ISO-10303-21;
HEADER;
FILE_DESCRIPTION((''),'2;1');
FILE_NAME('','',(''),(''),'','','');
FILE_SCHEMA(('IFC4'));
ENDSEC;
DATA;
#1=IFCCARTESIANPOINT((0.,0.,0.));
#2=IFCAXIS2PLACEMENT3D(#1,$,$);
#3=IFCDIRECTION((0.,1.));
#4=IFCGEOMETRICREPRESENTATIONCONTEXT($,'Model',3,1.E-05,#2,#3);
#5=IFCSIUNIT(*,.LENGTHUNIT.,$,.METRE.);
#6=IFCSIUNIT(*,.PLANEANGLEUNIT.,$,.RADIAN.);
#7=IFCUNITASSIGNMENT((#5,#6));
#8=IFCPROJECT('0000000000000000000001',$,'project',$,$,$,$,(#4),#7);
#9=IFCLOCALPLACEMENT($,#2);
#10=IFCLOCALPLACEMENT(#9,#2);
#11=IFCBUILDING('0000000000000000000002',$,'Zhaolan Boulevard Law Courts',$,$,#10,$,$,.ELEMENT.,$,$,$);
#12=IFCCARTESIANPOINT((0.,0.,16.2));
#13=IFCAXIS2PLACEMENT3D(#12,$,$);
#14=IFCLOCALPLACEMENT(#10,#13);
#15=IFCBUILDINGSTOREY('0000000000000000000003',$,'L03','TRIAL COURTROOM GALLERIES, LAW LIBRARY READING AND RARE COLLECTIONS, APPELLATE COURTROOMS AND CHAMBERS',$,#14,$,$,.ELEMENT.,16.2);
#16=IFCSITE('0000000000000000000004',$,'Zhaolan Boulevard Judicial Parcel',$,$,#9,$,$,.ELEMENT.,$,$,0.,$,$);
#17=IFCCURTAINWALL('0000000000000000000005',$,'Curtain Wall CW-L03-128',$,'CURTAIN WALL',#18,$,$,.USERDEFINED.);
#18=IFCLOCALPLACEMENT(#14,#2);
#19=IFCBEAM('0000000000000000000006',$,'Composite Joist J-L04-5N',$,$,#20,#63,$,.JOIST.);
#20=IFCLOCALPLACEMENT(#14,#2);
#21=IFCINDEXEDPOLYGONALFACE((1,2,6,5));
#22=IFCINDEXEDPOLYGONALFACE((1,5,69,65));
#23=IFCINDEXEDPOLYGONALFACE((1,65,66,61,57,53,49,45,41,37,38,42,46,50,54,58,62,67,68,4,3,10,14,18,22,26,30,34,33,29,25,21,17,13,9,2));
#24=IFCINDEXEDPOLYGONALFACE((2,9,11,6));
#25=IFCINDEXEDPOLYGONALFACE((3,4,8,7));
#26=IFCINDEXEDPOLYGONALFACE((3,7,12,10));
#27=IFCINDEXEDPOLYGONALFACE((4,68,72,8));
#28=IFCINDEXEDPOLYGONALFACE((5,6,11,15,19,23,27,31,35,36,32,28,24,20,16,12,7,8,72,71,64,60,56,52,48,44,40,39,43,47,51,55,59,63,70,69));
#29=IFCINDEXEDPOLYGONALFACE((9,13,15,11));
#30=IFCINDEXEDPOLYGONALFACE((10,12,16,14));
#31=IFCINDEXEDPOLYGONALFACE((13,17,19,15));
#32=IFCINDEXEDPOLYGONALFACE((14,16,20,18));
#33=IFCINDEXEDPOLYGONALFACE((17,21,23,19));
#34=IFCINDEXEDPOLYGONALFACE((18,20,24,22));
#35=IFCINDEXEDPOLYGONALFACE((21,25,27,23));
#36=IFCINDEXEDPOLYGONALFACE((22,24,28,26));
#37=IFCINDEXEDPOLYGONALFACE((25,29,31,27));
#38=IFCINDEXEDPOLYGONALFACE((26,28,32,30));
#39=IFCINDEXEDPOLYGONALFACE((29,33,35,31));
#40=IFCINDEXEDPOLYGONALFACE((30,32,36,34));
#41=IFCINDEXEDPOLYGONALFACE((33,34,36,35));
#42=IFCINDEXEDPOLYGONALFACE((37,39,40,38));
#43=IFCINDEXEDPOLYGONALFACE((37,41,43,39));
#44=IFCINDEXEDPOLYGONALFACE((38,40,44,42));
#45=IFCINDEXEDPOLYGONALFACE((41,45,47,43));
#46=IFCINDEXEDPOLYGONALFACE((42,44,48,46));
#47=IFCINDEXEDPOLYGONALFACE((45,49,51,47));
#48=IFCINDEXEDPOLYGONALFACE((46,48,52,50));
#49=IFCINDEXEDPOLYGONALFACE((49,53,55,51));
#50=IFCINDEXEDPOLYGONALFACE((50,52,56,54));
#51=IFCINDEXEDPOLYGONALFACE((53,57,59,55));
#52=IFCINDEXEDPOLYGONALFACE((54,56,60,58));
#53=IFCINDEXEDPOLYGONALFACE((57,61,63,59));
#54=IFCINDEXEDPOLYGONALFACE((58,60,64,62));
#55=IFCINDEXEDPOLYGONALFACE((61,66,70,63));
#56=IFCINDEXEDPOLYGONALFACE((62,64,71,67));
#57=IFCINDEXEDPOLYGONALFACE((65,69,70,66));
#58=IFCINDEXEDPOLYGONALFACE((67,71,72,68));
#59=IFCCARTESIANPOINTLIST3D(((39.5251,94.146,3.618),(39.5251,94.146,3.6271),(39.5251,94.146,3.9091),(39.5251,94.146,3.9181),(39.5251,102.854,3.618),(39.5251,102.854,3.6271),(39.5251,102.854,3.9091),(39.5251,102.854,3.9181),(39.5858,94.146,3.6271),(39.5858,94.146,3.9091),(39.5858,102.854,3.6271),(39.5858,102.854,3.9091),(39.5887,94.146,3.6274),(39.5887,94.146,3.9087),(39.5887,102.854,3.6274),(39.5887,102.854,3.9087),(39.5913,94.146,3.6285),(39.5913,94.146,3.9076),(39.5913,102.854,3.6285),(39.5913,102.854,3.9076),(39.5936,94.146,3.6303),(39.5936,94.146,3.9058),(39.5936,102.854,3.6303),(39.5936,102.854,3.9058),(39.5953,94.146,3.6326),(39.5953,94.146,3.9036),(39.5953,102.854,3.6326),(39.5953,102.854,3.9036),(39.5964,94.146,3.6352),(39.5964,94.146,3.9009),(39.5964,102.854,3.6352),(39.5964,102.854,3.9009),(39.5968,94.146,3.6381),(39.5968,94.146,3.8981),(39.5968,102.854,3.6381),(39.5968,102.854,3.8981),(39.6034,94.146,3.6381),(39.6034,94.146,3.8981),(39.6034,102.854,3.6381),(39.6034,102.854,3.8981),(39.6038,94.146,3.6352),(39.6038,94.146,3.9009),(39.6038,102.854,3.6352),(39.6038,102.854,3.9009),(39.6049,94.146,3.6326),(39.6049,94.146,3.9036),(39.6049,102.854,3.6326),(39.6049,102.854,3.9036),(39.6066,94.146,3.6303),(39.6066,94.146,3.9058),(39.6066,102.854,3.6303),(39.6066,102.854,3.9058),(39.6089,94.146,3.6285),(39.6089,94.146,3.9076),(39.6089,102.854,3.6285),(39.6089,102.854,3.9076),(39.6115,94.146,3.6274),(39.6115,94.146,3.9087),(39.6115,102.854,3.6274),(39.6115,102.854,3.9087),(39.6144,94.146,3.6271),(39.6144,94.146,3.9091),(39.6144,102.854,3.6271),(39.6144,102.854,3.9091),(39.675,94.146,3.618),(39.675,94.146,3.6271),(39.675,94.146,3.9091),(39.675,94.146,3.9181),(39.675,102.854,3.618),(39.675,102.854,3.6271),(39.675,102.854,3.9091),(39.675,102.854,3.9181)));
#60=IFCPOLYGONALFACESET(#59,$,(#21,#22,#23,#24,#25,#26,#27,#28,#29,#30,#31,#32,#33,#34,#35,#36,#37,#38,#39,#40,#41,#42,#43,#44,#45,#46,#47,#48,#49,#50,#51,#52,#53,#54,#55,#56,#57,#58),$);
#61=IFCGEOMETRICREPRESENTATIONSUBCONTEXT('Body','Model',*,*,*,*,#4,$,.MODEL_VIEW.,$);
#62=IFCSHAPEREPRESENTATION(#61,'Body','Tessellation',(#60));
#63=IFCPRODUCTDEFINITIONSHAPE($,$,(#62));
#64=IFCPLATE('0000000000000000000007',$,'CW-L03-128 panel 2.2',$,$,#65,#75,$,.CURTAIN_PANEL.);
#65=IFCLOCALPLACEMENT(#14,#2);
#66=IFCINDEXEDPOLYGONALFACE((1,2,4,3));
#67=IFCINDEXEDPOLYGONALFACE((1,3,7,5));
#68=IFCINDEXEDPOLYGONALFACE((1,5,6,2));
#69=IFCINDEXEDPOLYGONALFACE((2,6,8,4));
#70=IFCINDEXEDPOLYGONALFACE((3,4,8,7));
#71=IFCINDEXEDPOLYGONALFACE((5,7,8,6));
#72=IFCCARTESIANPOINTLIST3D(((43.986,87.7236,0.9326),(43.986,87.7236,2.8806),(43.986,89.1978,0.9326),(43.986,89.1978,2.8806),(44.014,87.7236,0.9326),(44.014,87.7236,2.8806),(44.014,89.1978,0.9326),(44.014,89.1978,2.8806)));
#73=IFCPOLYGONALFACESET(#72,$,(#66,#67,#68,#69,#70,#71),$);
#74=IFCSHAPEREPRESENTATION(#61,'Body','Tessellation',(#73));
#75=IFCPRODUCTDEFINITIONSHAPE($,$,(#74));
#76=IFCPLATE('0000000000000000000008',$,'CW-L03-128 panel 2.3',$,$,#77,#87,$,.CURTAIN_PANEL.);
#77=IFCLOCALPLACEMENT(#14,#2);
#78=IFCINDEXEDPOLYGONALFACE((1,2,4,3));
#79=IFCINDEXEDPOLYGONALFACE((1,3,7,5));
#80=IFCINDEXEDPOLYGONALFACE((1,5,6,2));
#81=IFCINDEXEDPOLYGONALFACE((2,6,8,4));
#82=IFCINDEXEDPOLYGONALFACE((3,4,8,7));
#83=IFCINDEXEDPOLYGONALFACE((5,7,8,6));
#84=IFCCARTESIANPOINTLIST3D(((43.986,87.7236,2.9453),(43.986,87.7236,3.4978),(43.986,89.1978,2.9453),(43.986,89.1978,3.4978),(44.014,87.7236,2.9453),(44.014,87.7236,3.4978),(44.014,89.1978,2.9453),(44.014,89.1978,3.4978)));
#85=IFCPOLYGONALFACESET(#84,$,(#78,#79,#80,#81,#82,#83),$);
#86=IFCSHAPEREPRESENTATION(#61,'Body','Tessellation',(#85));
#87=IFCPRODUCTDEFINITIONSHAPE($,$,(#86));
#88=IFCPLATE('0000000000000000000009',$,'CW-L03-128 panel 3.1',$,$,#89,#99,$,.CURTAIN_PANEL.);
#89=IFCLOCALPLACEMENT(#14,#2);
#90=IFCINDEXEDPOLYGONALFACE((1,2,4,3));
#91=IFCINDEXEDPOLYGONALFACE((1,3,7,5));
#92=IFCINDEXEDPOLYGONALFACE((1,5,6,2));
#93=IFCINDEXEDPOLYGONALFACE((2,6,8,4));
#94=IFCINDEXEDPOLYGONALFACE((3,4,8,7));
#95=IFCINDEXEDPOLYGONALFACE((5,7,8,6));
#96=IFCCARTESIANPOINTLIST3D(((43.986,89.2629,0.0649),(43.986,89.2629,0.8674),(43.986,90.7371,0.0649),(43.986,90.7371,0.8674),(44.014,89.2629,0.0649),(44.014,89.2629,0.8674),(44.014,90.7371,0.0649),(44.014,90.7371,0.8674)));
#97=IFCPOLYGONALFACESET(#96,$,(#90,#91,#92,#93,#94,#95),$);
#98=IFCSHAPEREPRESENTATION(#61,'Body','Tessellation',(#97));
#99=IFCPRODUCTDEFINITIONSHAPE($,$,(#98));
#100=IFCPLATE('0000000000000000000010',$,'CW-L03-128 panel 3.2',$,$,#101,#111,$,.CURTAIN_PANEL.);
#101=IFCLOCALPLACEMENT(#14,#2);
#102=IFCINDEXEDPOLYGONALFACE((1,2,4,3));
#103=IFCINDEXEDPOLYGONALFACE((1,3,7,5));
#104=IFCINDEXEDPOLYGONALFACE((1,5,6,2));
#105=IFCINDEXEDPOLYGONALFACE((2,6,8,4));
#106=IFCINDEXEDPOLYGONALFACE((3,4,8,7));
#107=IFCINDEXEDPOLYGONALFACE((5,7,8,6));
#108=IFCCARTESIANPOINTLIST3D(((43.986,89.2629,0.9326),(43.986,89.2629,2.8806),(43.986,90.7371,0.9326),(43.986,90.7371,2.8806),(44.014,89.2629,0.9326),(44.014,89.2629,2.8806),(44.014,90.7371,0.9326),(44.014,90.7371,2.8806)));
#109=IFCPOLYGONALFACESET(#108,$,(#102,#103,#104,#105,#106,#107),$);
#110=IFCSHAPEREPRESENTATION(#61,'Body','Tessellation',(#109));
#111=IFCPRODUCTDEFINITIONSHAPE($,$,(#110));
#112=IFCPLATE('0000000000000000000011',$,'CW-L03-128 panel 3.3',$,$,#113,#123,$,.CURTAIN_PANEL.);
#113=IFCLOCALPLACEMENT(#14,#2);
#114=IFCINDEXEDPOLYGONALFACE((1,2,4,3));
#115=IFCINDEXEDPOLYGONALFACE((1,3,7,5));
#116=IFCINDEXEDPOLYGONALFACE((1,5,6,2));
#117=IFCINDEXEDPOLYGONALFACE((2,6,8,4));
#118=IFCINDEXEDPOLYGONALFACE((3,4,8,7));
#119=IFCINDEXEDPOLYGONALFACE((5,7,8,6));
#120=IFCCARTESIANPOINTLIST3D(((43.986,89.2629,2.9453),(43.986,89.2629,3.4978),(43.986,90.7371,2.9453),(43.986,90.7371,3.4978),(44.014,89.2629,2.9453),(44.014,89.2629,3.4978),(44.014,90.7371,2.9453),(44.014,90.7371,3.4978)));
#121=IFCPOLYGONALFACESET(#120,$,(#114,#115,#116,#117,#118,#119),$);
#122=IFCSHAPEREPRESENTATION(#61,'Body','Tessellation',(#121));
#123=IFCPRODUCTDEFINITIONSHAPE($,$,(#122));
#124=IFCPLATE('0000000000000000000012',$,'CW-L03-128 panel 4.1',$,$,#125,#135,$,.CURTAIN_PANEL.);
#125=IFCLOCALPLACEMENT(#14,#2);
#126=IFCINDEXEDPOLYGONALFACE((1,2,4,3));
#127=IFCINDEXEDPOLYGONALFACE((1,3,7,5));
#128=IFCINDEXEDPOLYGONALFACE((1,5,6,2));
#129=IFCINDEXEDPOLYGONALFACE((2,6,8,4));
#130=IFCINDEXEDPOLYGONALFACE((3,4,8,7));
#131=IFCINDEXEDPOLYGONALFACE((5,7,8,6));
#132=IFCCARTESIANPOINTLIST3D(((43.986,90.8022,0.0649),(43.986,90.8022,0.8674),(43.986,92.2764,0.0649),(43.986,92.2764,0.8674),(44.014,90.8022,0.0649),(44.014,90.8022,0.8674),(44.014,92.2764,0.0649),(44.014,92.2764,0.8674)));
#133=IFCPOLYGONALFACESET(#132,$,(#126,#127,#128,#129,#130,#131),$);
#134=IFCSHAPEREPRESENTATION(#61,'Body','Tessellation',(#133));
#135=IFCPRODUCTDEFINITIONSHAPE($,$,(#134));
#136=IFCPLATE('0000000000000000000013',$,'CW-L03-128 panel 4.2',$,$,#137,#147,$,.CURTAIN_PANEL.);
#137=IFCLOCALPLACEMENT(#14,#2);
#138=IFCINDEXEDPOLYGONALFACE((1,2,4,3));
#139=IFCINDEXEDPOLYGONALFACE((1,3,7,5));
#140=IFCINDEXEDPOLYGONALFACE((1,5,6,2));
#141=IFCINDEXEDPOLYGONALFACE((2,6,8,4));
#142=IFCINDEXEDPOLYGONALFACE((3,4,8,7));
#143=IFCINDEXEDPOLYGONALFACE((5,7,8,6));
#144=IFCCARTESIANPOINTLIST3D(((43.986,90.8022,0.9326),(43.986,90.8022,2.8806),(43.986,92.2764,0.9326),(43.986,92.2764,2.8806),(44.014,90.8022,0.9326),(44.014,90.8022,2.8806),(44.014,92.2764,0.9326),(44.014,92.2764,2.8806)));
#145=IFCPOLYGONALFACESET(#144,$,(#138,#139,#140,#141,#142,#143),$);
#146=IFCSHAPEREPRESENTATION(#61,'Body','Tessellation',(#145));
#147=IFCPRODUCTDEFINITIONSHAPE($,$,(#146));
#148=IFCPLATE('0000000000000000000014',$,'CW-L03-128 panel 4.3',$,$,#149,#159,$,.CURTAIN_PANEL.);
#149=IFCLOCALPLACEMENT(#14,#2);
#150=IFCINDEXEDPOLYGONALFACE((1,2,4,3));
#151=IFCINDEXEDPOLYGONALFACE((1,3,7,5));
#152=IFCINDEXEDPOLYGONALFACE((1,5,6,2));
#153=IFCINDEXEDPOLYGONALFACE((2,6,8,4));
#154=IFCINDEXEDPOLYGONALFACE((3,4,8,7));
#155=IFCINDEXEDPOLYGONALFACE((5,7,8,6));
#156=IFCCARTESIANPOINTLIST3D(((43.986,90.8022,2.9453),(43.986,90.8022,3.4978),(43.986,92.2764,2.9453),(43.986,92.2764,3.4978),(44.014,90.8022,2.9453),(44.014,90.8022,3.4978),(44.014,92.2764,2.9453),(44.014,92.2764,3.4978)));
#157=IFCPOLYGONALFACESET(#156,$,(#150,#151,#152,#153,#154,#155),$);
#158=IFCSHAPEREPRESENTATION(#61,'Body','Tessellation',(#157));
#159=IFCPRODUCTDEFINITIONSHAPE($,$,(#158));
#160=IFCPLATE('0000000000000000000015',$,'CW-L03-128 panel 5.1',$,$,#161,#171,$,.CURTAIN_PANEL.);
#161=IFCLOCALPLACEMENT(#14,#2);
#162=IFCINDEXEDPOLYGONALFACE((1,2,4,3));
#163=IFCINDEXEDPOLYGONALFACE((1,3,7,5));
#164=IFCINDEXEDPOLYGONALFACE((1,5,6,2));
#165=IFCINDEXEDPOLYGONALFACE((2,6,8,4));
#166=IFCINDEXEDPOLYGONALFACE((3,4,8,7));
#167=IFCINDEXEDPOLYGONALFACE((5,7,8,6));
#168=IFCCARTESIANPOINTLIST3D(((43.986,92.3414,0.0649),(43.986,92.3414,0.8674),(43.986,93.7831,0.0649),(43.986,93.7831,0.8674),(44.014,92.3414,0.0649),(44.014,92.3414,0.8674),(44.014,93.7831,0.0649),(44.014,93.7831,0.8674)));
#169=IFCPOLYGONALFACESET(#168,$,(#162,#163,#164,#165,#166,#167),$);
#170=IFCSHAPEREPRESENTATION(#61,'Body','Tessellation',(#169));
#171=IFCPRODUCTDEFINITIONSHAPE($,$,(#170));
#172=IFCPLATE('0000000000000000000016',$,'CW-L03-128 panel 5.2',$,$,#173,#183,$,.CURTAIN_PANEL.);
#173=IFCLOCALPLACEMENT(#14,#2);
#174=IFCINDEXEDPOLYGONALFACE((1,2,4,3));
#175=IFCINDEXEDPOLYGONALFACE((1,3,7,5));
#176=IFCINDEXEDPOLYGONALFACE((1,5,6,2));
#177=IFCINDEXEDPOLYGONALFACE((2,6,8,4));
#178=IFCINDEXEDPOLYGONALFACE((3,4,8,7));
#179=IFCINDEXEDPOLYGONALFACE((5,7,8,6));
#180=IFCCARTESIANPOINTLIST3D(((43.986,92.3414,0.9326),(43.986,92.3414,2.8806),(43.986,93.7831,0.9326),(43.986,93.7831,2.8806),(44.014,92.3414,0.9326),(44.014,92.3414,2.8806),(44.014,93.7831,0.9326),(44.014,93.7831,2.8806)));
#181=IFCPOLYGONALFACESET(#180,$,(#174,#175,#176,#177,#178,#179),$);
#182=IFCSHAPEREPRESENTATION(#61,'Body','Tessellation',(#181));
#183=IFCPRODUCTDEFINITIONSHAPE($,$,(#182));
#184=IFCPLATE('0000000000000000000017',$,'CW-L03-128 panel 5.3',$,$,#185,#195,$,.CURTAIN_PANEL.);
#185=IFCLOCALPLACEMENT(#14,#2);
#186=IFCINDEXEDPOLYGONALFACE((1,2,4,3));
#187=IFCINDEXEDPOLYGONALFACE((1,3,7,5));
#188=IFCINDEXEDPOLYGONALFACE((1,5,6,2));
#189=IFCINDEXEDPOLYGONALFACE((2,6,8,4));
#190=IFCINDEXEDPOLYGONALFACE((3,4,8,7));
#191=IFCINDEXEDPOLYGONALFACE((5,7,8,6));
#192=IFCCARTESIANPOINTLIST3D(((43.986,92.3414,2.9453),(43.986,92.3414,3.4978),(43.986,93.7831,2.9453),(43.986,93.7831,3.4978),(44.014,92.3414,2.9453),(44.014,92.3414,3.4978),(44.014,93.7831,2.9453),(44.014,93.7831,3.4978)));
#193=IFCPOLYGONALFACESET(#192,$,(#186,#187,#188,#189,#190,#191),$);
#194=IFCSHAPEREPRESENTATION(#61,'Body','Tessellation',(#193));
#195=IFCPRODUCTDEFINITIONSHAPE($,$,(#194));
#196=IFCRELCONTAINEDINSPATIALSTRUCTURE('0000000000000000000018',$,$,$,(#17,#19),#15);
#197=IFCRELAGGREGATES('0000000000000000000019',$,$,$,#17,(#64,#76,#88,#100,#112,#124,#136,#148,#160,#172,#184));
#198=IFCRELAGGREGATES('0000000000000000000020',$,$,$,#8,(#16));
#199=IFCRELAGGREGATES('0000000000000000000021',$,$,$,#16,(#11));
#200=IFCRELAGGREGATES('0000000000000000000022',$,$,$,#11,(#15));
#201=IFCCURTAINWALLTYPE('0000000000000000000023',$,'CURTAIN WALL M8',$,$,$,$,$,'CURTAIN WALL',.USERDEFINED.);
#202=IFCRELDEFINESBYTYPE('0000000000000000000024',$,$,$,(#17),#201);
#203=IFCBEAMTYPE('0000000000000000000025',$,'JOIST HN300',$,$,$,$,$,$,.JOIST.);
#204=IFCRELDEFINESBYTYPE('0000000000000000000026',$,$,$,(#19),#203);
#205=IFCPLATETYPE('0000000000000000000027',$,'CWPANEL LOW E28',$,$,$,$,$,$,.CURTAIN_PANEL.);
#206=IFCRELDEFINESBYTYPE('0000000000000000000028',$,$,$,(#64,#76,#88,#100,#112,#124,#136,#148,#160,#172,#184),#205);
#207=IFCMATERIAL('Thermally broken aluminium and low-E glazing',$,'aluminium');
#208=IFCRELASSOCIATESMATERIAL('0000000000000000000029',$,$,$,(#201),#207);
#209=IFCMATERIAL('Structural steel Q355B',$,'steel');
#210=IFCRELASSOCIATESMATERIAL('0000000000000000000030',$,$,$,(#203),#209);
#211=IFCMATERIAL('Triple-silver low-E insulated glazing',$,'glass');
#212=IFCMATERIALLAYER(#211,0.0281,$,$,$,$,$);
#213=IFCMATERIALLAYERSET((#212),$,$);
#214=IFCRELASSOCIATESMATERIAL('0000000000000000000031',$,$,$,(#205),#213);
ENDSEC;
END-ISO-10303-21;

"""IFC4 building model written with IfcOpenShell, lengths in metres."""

from ifc_helpers import new_model, si_unit, direction, frame, origin, origin_2d, place, context, subcontext, project, spatial, rectangle, i_section, extrude, material, layer, layer_set, material_profile, profile_set, type_object, element, aggregate, save


model = new_model("IFC4")

# Units and contexts
model_context = context("Model", 3, precision=1e-05, world=origin(), true_north=direction((0.0, 1.0)))
body_context = subcontext(model_context, "Body", "Model", "MODEL_VIEW")
ifc_project = project(units=[si_unit("LENGTHUNIT", "METRE"), si_unit("PLANEANGLEUNIT", "RADIAN")], contexts=[model_context])

# Site, building, storey
site_placement = place(None, origin())
site = spatial("IfcSite", under=ifc_project, at=site_placement, Name="Zhaolan Boulevard Judicial Parcel", CompositionType="ELEMENT", RefElevation=0.0)
building_placement = place(site_placement, origin())
building = spatial("IfcBuilding", under=site, at=building_placement, Name="Zhaolan Boulevard Law Courts", CompositionType="ELEMENT")
storey_placement = place(building_placement, frame((0.0, 0.0, 16.2)))
storey = spatial("IfcBuildingStorey", under=building, at=storey_placement, Name="L03", Description="TRIAL COURTROOM GALLERIES, LAW LIBRARY READING AND RARE COLLECTIONS, APPELLATE COURTROOMS AND CHAMBERS", CompositionType="ELEMENT", Elevation=16.2)

# Curtain wall
ifc_material_1 = material(Name="Thermally broken aluminium and low-E glazing", Category="aluminium")
curtain_wall_type_1 = type_object("IfcCurtainWallType", Name="CURTAIN WALL M8", ElementType="CURTAIN WALL", PredefinedType="USERDEFINED", material=ifc_material_1)
curtain_wall_1_placement = place(storey_placement, origin())
curtain_wall_1 = element("IfcCurtainWall", 1, at=curtain_wall_1_placement, inside=storey, type_object=curtain_wall_type_1, Name="Curtain Wall CW-L03-128", ObjectType="CURTAIN WALL", PredefinedType="USERDEFINED")

# Beam
ifc_material_2 = material(Name="Structural steel Q355B", Category="steel")
ifc_material_profile_1 = material_profile(ifc_material_2, i_section(OverallWidth=0.1499, OverallDepth=0.3, WebThickness=0.0066, FlangeThickness=0.009, FilletRadius=0.011, at=origin_2d()), Name="HN300x150")
ifc_profile_set_1 = profile_set([ifc_material_profile_1], Name="Structural steel Q355B")
beam_type_1 = type_object("IfcBeamType", Name="JOIST HN300", PredefinedType="JOIST", material=ifc_profile_set_1)
beam_1_placement = place(storey_placement, frame((39.6001, 94.146, 3.7681), z_axis=(0.0, 1.0, 0.0), x_axis=(-1.0, 0.0, 0.0)))
element("IfcBeam", 2, at=beam_1_placement, inside=storey, type_object=beam_type_1, Name="Composite Joist J-L04-5N", PredefinedType="JOIST", context=body_context, shape_type="SweptSolid", body=[
    extrude(i_section(OverallWidth=0.1499, OverallDepth=0.3, WebThickness=0.0066, FlangeThickness=0.009, FilletRadius=0.011, at=origin_2d()), origin(), (0.0, 0.0, 1.0), 8.708),
])

# Plates
ifc_material_3 = material(Name="Triple-silver low-E insulated glazing", Category="glass")
ifc_layer = layer(ifc_material_3, 0.0281)
ifc_layer_set = layer_set([ifc_layer])
plate_type = type_object("IfcPlateType", Name="CWPANEL LOW E28", PredefinedType="CURTAIN_PANEL", material=ifc_layer_set)
plate_1_placement = place(storey_placement, frame((44.0, 88.4607, 0.9326), z_axis=(0.0, 0.0, 1.0), x_axis=(0.0, 1.0, 0.0)))
plate_1 = element("IfcPlate", 3, at=plate_1_placement, type_object=plate_type, Name="CW-L03-128 panel 2.2", PredefinedType="CURTAIN_PANEL", context=body_context, shape_type="SweptSolid", body=[
    extrude(rectangle(XDim=1.4741, YDim=0.0281, at=origin_2d()), origin(), (0.0, 0.0, 1.0), 1.948),
])
plate_2_placement = place(storey_placement, frame((44.0, 88.4607, 2.9453), z_axis=(0.0, 0.0, 1.0), x_axis=(0.0, 1.0, 0.0)))
plate_2 = element("IfcPlate", 4, at=plate_2_placement, type_object=plate_type, Name="CW-L03-128 panel 2.3", PredefinedType="CURTAIN_PANEL", context=body_context, shape_type="SweptSolid", body=[
    extrude(rectangle(XDim=1.4741, YDim=0.0281, at=origin_2d()), origin(), (0.0, 0.0, 1.0), 0.5525),
])
plate_3_placement = place(storey_placement, frame((44.0, 90.0, 0.0649), z_axis=(0.0, 0.0, 1.0), x_axis=(0.0, 1.0, 0.0)))
plate_3 = element("IfcPlate", 5, at=plate_3_placement, type_object=plate_type, Name="CW-L03-128 panel 3.1", PredefinedType="CURTAIN_PANEL", context=body_context, shape_type="SweptSolid", body=[
    extrude(rectangle(XDim=1.4741, YDim=0.0281, at=origin_2d()), origin(), (0.0, 0.0, 1.0), 0.8025),
])
plate_4_placement = place(storey_placement, frame((44.0, 90.0, 0.9326), z_axis=(0.0, 0.0, 1.0), x_axis=(0.0, 1.0, 0.0)))
plate_4 = element("IfcPlate", 6, at=plate_4_placement, type_object=plate_type, Name="CW-L03-128 panel 3.2", PredefinedType="CURTAIN_PANEL", context=body_context, shape_type="SweptSolid", body=[
    extrude(rectangle(XDim=1.4741, YDim=0.0281, at=origin_2d()), origin(), (0.0, 0.0, 1.0), 1.948),
])
plate_5_placement = place(storey_placement, frame((44.0, 90.0, 2.9453), z_axis=(0.0, 0.0, 1.0), x_axis=(0.0, 1.0, 0.0)))
plate_5 = element("IfcPlate", 7, at=plate_5_placement, type_object=plate_type, Name="CW-L03-128 panel 3.3", PredefinedType="CURTAIN_PANEL", context=body_context, shape_type="SweptSolid", body=[
    extrude(rectangle(XDim=1.4741, YDim=0.0281, at=origin_2d()), origin(), (0.0, 0.0, 1.0), 0.5525),
])
plate_6_placement = place(storey_placement, frame((44.0, 91.5393, 0.0649), z_axis=(0.0, 0.0, 1.0), x_axis=(0.0, 1.0, 0.0)))
plate_6 = element("IfcPlate", 8, at=plate_6_placement, type_object=plate_type, Name="CW-L03-128 panel 4.1", PredefinedType="CURTAIN_PANEL", context=body_context, shape_type="SweptSolid", body=[
    extrude(rectangle(XDim=1.4741, YDim=0.0281, at=origin_2d()), origin(), (0.0, 0.0, 1.0), 0.8025),
])
plate_7_placement = place(storey_placement, frame((44.0, 91.5393, 0.9326), z_axis=(0.0, 0.0, 1.0), x_axis=(0.0, 1.0, 0.0)))
plate_7 = element("IfcPlate", 9, at=plate_7_placement, type_object=plate_type, Name="CW-L03-128 panel 4.2", PredefinedType="CURTAIN_PANEL", context=body_context, shape_type="SweptSolid", body=[
    extrude(rectangle(XDim=1.4741, YDim=0.0281, at=origin_2d()), origin(), (0.0, 0.0, 1.0), 1.948),
])
plate_8_placement = place(storey_placement, frame((44.0, 91.5393, 2.9453), z_axis=(0.0, 0.0, 1.0), x_axis=(0.0, 1.0, 0.0)))
plate_8 = element("IfcPlate", 10, at=plate_8_placement, type_object=plate_type, Name="CW-L03-128 panel 4.3", PredefinedType="CURTAIN_PANEL", context=body_context, shape_type="SweptSolid", body=[
    extrude(rectangle(XDim=1.4741, YDim=0.0281, at=origin_2d()), origin(), (0.0, 0.0, 1.0), 0.5525),
])
plate_9_placement = place(storey_placement, frame((44.0, 93.0623, 0.0649), z_axis=(0.0, 0.0, 1.0), x_axis=(0.0, 1.0, 0.0)))
plate_9 = element("IfcPlate", 11, at=plate_9_placement, type_object=plate_type, Name="CW-L03-128 panel 5.1", PredefinedType="CURTAIN_PANEL", context=body_context, shape_type="SweptSolid", body=[
    extrude(rectangle(XDim=1.4417, YDim=0.0281, at=origin_2d()), origin(), (0.0, 0.0, 1.0), 0.8025),
])
plate_10_placement = place(storey_placement, frame((44.0, 93.0623, 0.9326), z_axis=(0.0, 0.0, 1.0), x_axis=(0.0, 1.0, 0.0)))
plate_10 = element("IfcPlate", 12, at=plate_10_placement, type_object=plate_type, Name="CW-L03-128 panel 5.2", PredefinedType="CURTAIN_PANEL", context=body_context, shape_type="SweptSolid", body=[
    extrude(rectangle(XDim=1.4417, YDim=0.0281, at=origin_2d()), origin(), (0.0, 0.0, 1.0), 1.948),
])
plate_11_placement = place(storey_placement, frame((44.0, 93.0623, 2.9453), z_axis=(0.0, 0.0, 1.0), x_axis=(0.0, 1.0, 0.0)))
plate_11 = element("IfcPlate", 13, at=plate_11_placement, type_object=plate_type, Name="CW-L03-128 panel 5.3", PredefinedType="CURTAIN_PANEL", context=body_context, shape_type="SweptSolid", body=[
    extrude(rectangle(XDim=1.4417, YDim=0.0281, at=origin_2d()), origin(), (0.0, 0.0, 1.0), 0.5525),
])
aggregate(curtain_wall_1, [plate_1, plate_2, plate_3, plate_4, plate_5, plate_6, plate_7, plate_8, plate_9, plate_10, plate_11])

save(model, "model.ifc")
